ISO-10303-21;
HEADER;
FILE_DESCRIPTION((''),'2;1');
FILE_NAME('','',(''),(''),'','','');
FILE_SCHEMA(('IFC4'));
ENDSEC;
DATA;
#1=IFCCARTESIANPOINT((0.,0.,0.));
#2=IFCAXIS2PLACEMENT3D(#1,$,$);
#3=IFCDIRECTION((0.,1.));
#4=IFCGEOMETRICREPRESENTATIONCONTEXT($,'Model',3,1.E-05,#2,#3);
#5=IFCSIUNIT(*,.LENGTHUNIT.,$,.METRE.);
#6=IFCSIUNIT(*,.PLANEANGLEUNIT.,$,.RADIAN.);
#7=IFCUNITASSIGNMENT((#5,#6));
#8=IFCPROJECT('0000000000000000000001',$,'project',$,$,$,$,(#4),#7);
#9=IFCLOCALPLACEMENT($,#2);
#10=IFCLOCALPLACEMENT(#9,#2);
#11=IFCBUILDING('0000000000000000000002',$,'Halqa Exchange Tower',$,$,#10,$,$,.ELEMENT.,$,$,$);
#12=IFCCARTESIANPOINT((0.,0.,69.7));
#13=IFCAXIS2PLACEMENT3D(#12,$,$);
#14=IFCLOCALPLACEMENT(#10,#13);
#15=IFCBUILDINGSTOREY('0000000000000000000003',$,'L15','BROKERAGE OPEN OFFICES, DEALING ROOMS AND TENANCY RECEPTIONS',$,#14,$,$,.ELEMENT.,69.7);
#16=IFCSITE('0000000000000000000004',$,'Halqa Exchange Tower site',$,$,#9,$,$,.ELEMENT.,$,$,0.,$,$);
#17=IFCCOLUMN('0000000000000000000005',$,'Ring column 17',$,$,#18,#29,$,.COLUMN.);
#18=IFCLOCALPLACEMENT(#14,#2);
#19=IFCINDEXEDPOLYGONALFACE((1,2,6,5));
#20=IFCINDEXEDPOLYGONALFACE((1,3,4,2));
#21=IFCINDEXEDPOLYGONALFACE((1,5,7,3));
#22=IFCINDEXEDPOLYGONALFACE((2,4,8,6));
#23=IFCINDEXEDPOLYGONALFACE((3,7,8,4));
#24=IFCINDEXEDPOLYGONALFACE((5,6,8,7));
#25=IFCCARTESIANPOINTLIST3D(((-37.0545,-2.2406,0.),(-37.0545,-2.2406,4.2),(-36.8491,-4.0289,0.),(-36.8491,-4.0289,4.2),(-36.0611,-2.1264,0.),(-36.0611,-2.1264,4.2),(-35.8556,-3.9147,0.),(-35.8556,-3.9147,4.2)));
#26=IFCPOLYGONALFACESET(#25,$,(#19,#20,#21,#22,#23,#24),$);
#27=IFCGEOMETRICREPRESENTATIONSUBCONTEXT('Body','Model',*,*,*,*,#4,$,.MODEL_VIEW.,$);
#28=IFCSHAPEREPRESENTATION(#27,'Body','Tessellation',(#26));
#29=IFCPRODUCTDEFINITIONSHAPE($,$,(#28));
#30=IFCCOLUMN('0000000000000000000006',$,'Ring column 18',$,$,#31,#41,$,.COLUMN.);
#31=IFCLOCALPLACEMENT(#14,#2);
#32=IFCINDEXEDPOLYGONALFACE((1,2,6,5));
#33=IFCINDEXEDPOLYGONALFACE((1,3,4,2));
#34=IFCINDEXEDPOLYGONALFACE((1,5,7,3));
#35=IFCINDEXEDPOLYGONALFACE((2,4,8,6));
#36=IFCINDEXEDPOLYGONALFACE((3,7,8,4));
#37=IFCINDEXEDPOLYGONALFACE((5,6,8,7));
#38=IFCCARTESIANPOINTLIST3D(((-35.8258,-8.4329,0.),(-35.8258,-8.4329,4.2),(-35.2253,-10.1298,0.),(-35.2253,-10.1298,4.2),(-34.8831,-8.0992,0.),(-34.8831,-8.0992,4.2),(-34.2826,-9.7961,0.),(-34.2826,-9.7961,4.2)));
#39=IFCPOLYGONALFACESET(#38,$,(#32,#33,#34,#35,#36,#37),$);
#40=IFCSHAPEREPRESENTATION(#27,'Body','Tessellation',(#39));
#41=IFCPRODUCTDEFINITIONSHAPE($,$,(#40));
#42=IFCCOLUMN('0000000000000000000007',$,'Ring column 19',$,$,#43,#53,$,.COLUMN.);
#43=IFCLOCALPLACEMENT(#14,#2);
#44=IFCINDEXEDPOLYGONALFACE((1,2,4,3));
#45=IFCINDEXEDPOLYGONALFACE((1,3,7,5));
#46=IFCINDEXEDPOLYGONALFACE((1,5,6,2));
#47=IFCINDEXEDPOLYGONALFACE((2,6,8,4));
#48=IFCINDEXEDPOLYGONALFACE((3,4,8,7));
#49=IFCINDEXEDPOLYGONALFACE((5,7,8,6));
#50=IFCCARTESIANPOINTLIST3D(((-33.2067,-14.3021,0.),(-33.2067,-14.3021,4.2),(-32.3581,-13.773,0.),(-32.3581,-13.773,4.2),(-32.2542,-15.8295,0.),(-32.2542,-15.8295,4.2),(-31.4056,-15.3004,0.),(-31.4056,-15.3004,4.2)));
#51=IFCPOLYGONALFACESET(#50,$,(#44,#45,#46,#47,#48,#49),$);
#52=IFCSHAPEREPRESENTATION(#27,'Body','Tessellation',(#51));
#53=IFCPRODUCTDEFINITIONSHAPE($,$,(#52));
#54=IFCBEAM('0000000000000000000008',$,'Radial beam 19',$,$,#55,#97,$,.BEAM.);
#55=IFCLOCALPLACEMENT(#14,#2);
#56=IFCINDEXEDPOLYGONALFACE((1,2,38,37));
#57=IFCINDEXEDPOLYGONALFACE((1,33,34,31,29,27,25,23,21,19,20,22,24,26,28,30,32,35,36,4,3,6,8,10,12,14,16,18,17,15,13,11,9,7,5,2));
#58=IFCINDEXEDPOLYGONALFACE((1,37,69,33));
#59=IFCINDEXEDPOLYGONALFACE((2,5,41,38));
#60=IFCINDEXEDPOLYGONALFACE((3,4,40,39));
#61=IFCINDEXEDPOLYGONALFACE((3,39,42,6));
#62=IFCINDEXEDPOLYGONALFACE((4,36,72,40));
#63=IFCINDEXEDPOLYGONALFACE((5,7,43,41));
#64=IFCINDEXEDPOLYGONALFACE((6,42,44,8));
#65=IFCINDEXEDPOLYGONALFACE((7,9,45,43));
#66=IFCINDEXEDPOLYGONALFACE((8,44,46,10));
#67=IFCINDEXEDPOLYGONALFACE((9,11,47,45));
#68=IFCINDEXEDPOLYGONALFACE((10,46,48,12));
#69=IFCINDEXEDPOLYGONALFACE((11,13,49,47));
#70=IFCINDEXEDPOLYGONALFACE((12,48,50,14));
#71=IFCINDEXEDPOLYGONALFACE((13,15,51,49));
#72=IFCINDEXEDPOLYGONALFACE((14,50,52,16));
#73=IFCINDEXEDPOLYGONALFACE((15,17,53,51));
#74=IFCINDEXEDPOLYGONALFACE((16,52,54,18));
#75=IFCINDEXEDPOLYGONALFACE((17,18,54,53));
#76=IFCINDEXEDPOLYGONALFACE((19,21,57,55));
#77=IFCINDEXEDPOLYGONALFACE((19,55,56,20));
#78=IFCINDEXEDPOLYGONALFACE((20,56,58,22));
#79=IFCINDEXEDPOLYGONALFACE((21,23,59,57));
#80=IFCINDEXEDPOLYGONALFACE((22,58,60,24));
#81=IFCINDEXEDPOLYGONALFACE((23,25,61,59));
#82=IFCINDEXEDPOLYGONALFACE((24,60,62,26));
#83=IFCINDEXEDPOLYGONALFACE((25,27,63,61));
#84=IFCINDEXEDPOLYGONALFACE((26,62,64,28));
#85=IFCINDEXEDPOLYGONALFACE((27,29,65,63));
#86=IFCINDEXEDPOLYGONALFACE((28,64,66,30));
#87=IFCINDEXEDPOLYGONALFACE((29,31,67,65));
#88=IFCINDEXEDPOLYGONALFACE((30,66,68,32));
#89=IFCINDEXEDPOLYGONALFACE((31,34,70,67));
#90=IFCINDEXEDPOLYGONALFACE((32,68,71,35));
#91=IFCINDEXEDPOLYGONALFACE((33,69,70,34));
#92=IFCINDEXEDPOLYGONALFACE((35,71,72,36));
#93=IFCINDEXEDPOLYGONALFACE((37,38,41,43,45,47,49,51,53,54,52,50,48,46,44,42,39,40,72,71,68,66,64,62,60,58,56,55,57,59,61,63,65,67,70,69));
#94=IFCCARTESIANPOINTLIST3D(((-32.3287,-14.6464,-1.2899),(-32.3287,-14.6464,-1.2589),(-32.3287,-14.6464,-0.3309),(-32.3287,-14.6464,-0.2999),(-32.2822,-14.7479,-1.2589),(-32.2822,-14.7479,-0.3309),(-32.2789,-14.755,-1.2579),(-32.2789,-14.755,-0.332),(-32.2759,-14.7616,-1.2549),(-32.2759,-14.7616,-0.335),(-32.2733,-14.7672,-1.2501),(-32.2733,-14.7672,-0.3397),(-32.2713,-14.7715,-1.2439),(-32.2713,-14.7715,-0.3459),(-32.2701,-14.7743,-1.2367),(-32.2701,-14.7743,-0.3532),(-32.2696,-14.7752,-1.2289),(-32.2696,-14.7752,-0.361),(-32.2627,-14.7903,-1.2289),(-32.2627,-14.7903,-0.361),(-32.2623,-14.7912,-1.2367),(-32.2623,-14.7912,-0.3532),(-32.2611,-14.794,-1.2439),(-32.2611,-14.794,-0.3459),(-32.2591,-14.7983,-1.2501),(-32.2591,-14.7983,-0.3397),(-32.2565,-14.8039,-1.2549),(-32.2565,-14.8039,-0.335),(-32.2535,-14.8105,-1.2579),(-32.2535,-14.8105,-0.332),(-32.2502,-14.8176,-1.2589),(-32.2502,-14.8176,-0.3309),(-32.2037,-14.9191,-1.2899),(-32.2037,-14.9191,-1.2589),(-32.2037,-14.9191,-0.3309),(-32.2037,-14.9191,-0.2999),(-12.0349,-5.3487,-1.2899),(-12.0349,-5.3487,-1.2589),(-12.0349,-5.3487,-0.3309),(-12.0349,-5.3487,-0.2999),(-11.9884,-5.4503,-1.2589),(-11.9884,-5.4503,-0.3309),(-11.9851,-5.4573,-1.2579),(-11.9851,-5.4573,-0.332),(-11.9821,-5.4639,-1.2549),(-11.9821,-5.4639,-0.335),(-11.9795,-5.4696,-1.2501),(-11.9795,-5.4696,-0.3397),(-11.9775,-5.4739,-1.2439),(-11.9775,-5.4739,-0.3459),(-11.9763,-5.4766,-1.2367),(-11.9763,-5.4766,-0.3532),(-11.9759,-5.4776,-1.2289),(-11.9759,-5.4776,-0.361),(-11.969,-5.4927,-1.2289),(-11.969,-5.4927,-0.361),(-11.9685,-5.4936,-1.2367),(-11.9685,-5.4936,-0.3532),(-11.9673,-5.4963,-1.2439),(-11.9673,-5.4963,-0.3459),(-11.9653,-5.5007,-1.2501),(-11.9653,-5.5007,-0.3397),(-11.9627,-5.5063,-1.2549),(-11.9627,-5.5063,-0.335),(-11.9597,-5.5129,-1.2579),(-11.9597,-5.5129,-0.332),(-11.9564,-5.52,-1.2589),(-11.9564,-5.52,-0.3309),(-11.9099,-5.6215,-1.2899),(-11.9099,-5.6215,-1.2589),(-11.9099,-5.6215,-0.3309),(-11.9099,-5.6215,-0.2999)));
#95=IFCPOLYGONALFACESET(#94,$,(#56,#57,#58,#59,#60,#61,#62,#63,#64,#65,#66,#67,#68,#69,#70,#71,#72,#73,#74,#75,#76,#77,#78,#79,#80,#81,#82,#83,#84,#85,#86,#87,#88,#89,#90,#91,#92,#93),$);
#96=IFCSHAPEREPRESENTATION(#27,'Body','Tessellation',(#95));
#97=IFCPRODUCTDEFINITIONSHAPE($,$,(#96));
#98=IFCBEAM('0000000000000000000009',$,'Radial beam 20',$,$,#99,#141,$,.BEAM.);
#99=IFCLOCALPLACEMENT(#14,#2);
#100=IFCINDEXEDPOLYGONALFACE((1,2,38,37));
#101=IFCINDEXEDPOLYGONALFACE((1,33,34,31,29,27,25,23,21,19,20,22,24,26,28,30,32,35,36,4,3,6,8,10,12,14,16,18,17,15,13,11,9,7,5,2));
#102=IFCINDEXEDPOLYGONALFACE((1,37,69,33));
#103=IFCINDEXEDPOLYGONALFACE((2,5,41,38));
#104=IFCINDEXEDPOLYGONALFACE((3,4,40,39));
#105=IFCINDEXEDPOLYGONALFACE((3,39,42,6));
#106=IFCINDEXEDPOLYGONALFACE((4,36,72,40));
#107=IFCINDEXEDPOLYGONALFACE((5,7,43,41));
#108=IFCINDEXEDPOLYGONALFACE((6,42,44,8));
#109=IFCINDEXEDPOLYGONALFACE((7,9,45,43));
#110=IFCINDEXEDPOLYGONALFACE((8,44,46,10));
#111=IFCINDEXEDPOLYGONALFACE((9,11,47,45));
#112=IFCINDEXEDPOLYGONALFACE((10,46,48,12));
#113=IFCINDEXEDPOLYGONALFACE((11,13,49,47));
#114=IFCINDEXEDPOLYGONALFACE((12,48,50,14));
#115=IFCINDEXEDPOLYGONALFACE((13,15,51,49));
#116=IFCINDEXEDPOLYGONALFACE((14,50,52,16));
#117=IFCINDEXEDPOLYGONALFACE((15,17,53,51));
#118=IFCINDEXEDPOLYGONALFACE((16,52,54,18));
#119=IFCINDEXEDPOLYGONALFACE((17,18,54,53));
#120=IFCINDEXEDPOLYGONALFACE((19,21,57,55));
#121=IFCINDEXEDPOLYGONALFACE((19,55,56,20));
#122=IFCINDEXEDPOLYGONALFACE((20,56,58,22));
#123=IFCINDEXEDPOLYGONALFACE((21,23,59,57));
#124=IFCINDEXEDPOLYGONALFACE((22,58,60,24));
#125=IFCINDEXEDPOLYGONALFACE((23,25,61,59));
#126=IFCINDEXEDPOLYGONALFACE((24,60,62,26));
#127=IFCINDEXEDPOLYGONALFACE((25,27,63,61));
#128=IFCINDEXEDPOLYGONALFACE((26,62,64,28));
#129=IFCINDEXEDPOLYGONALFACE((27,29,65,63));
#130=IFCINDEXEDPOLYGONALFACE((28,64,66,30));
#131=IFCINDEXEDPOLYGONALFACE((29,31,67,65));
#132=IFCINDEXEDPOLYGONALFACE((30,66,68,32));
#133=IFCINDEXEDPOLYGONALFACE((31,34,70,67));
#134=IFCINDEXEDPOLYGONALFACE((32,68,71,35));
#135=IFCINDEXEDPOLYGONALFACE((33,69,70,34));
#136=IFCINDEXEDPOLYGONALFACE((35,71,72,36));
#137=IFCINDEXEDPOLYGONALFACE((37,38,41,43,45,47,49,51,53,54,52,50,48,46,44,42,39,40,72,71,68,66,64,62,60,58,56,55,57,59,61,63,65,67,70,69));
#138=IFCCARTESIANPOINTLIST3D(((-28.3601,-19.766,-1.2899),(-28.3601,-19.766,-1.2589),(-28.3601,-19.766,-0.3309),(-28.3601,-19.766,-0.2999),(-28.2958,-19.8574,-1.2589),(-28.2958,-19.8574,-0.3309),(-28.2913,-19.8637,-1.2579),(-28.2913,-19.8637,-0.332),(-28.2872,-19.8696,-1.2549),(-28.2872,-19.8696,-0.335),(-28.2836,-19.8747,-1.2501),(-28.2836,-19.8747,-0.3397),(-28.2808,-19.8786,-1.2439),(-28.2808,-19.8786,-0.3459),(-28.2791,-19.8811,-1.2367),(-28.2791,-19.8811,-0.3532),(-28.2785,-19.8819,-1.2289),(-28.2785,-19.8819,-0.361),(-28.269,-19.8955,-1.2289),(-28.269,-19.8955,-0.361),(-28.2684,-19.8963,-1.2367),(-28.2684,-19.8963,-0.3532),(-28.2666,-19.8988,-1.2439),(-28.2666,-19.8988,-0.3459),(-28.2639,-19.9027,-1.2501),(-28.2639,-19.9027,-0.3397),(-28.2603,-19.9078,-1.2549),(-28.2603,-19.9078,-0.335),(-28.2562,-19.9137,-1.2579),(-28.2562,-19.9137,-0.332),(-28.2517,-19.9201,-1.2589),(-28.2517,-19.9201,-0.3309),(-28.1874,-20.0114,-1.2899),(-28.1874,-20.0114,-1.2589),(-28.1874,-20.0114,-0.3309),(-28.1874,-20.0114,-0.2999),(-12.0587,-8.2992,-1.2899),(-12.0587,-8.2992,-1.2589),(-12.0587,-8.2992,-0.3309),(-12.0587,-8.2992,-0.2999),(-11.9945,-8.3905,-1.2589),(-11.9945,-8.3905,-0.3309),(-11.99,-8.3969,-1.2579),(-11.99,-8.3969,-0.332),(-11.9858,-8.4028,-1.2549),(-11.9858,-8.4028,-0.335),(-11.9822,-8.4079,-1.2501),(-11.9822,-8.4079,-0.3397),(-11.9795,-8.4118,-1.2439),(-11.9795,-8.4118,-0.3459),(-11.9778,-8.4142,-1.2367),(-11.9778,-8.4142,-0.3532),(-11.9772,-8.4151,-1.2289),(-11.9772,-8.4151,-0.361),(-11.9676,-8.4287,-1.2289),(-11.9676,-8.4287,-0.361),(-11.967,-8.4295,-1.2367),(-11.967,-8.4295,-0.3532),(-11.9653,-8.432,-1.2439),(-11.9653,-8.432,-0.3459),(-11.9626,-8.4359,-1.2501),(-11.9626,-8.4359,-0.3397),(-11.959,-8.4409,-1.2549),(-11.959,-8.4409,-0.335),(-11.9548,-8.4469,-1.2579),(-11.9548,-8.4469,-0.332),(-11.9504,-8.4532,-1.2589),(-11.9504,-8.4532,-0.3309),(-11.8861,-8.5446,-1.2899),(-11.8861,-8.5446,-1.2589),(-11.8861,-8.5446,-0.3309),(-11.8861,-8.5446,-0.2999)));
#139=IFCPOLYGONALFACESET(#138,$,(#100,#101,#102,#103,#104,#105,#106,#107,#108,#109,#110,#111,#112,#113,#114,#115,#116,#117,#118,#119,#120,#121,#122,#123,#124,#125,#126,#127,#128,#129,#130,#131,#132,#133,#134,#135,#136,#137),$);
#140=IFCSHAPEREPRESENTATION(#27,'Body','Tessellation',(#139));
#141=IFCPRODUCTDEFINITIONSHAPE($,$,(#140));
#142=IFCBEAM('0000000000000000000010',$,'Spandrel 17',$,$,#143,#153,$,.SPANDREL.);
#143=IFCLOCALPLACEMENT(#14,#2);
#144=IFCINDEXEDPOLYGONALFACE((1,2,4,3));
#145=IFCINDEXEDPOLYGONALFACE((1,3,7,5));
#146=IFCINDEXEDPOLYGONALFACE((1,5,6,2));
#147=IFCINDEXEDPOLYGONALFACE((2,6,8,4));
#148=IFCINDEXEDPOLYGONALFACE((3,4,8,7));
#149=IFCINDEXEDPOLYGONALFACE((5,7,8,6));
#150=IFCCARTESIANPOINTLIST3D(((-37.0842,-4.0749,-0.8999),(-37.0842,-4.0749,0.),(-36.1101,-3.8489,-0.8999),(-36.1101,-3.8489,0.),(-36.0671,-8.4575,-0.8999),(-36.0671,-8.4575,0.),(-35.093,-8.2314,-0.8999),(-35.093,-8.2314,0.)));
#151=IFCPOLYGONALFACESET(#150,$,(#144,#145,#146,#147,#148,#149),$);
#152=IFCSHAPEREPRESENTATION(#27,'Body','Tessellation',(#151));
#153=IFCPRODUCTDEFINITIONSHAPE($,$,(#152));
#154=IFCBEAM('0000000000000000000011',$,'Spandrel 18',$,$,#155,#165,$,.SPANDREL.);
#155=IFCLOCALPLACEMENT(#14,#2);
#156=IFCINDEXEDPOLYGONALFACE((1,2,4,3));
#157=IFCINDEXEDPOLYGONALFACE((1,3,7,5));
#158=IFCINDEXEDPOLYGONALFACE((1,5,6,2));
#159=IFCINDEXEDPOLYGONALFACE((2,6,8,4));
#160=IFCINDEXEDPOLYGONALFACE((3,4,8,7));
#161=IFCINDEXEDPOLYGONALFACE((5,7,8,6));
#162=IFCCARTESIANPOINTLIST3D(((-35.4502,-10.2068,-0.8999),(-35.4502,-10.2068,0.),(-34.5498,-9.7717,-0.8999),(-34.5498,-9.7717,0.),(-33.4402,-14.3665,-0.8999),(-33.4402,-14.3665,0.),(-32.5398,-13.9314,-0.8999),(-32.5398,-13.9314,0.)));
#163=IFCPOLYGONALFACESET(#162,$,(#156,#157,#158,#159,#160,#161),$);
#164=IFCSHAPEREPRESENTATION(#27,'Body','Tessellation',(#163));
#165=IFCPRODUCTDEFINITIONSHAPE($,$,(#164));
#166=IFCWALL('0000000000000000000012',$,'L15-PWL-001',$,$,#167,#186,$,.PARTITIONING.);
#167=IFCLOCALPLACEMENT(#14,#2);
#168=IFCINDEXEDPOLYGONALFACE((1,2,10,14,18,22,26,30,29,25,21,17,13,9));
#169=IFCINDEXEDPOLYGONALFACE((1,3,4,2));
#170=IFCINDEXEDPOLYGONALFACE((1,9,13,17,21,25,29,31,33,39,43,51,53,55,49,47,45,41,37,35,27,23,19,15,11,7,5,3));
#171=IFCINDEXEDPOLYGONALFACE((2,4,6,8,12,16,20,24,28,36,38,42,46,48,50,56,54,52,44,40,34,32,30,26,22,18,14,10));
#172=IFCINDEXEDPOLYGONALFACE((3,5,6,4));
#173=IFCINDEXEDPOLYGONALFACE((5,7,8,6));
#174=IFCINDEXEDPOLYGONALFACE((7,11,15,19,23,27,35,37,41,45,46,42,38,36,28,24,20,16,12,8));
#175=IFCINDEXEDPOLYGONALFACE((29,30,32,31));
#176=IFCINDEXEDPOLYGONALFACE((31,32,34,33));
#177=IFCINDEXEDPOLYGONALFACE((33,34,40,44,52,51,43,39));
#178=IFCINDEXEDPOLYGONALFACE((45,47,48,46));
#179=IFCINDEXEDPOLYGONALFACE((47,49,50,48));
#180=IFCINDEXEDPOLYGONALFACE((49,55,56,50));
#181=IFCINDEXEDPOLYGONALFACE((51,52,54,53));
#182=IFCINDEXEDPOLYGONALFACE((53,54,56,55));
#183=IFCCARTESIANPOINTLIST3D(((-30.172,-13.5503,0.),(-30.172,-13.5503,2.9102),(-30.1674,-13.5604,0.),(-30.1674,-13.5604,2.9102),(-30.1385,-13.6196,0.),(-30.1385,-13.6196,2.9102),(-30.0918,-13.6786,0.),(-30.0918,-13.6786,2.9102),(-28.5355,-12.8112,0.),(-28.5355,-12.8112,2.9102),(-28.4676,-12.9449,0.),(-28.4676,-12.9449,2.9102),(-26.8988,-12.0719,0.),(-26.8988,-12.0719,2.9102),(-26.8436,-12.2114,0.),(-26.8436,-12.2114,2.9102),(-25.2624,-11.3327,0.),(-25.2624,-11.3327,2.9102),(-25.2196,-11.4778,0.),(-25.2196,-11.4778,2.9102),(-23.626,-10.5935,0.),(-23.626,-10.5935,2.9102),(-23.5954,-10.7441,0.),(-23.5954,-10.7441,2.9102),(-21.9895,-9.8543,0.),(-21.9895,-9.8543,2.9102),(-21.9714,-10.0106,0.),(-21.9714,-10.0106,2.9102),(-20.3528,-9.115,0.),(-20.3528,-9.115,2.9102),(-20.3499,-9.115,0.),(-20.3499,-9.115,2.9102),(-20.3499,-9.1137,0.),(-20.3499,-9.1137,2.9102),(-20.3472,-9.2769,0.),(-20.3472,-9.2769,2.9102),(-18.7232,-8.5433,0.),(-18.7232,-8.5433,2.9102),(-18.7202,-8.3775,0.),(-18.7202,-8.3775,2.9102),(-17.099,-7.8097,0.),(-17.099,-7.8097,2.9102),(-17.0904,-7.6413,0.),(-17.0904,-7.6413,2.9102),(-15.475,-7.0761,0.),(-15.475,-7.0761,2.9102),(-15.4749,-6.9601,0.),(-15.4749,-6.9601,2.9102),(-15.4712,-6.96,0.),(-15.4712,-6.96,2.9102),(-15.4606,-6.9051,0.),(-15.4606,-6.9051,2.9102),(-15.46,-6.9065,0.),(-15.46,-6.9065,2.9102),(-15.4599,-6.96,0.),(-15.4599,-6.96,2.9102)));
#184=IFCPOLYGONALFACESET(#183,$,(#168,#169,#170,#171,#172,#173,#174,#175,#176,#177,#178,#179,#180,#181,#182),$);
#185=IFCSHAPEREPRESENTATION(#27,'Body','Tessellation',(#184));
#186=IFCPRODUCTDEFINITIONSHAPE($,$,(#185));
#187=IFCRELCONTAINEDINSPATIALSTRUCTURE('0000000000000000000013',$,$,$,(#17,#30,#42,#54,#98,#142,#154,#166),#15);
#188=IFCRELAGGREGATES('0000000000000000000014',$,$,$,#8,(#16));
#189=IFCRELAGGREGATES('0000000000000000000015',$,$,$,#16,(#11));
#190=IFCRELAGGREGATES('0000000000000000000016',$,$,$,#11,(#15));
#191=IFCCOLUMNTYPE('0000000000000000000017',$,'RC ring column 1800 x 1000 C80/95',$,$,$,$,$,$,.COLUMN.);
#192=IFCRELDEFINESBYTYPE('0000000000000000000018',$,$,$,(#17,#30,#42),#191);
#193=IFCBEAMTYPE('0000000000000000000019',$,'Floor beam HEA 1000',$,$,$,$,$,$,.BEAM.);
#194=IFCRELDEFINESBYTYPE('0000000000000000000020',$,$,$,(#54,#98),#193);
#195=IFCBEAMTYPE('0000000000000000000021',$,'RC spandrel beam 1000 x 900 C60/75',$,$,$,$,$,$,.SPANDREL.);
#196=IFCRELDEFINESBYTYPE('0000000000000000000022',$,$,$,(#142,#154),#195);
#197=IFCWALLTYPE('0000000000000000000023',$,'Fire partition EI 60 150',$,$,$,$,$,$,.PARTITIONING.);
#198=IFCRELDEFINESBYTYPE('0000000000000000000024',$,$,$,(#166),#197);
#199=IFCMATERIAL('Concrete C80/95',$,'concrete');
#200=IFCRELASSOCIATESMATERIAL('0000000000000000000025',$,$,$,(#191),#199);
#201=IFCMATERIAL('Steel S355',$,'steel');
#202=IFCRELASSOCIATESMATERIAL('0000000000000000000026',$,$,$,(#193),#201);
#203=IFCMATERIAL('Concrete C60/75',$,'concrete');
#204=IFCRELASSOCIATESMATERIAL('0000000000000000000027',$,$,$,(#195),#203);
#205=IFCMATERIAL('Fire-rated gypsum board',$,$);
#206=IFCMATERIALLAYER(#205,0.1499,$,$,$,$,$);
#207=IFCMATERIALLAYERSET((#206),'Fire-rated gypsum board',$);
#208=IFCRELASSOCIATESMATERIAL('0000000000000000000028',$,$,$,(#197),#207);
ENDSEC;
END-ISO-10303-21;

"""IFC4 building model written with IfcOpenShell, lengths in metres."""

from ifc_helpers import new_model, si_unit, direction, frame, origin, origin_2d, place, context, subcontext, project, spatial, polyline, rectangle, i_section, outline, extrude, material, layer, layer_set, material_profile, profile_set, type_object, element, save


model = new_model("IFC4")

# Units and contexts
model_context = context("Model", 3, precision=1e-05, world=origin(), true_north=direction((0.0, 1.0)))
body_context = subcontext(model_context, "Body", "Model", "MODEL_VIEW")
ifc_project = project(units=[si_unit("LENGTHUNIT", "METRE"), si_unit("PLANEANGLEUNIT", "RADIAN")], contexts=[model_context])

# Site, building, storey
site_placement = place(None, origin())
site = spatial("IfcSite", under=ifc_project, at=site_placement, Name="Halqa Exchange Tower site", CompositionType="ELEMENT", RefElevation=0.0)
building_placement = place(site_placement, origin())
building = spatial("IfcBuilding", under=site, at=building_placement, Name="Halqa Exchange Tower", CompositionType="ELEMENT")
storey_placement = place(building_placement, frame((0.0, 0.0, 69.7)))
storey = spatial("IfcBuildingStorey", under=building, at=storey_placement, Name="L15", Description="BROKERAGE OPEN OFFICES, DEALING ROOMS AND TENANCY RECEPTIONS", CompositionType="ELEMENT", Elevation=69.7)

# Columns
ifc_material_1 = material(Name="Concrete C80/95", Category="concrete")
ifc_material_profile_1 = material_profile(ifc_material_1, rectangle(XDim=1.8, YDim=1.0, at=origin_2d()), Name="1800 x 1000")
ifc_profile_set_1 = profile_set([ifc_material_profile_1], Name="Concrete C80/95")
column_type = type_object("IfcColumnType", Name="RC ring column 1800 x 1000 C80/95", PredefinedType="COLUMN", material=ifc_profile_set_1)
for number, where, z_axis, x_axis, name in (
    (1, (-36.4551, -3.0776, 0.0), (0.0, 0.0, 1.0), (0.114152, -0.993463, 0.0), "Ring column 17"),
    (2, (-35.0542, -9.1145, 0.0), (0.0, 0.0, 1.0), (0.333624, -0.942706, 0.0), "Ring column 18"),
    (3, (-32.3062, -14.8013, 0.0), (0.0, 0.0, 1.0), (0.529145, -0.848531, 0.0), "Ring column 19"),
):
    element("IfcColumn", number, at=place(storey_placement, frame(where, z_axis=z_axis, x_axis=x_axis)), inside=storey, type_object=column_type, Name=name, PredefinedType="COLUMN", context=body_context, shape_type="SweptSolid", body=[
        extrude(rectangle(XDim=1.8, YDim=1.0, at=origin_2d()), origin(), (0.0, 0.0, 1.0), 4.2),
    ])

# Beams
ifc_material_2 = material(Name="Steel S355", Category="steel")
ifc_material_profile_2 = material_profile(ifc_material_2, i_section(OverallWidth=0.3, OverallDepth=0.99, WebThickness=0.0166, FlangeThickness=0.031, FilletRadius=0.03, at=origin_2d()), Name="HEA 1000")
ifc_profile_set_2 = profile_set([ifc_material_profile_2], Name="Steel S355")
beam_type_1 = type_object("IfcBeamType", Name="Floor beam HEA 1000", PredefinedType="BEAM", material=ifc_profile_set_2)
beam_1_placement = place(storey_placement, frame((-11.9724, -5.4851, -0.7949), z_axis=(-0.909127, -0.416519, 0.0), x_axis=(0.416519, -0.909127, 0.0)))
element("IfcBeam", 4, at=beam_1_placement, inside=storey, type_object=beam_type_1, Name="Radial beam 19", PredefinedType="BEAM", context=body_context, shape_type="SweptSolid", body=[
    extrude(i_section(OverallWidth=0.3, OverallDepth=0.99, WebThickness=0.0166, FlangeThickness=0.031, FilletRadius=0.03, at=origin_2d()), origin(), (0.0, 0.0, 1.0), 22.3223),
])
beam_2_placement = place(storey_placement, frame((-11.9724, -8.4219, -0.7949), z_axis=(-0.817912, -0.575344, 0.0), x_axis=(0.575344, -0.817912, 0.0)))
element("IfcBeam", 5, at=beam_2_placement, inside=storey, type_object=beam_type_1, Name="Radial beam 20", PredefinedType="BEAM", context=body_context, shape_type="SweptSolid", body=[
    extrude(i_section(OverallWidth=0.3, OverallDepth=0.99, WebThickness=0.0166, FlangeThickness=0.031, FilletRadius=0.03, at=origin_2d()), origin(), (0.0, 0.0, 1.0), 19.9304),
])
ifc_material_3 = material(Name="Concrete C60/75", Category="concrete")
ifc_material_profile_3 = material_profile(ifc_material_3, rectangle(XDim=1.0, YDim=0.8999, at=origin_2d()), Name="1000 x 900")
ifc_profile_set_3 = profile_set([ifc_material_profile_3], Name="Concrete C60/75")
beam_type_2 = type_object("IfcBeamType", Name="RC spandrel beam 1000 x 900 C60/75", PredefinedType="SPANDREL", material=ifc_profile_set_3)
beam_3_placement = place(storey_placement, frame((-36.5972, -3.9619, -0.45), z_axis=(0.226068, -0.974111, 0.0), x_axis=(0.974111, 0.226068, 0.0)))
element("IfcBeam", 6, at=beam_3_placement, inside=storey, type_object=beam_type_2, Name="Spandrel 17", PredefinedType="SPANDREL", context=body_context, shape_type="SweptSolid", body=[
    extrude(rectangle(XDim=1.0, YDim=0.8999, at=origin_2d()), origin(), (0.0, 0.0, 1.0), 4.499),
])
beam_4_placement = place(storey_placement, frame((-35.0, -9.9893, -0.45), z_axis=(0.435082, -0.900391, 0.0), x_axis=(0.900391, 0.435082, 0.0)))
element("IfcBeam", 7, at=beam_4_placement, inside=storey, type_object=beam_type_2, Name="Spandrel 18", PredefinedType="SPANDREL", context=body_context, shape_type="SweptSolid", body=[
    extrude(rectangle(XDim=1.0, YDim=0.8999, at=origin_2d()), origin(), (0.0, 0.0, 1.0), 4.6199),
])

# Wall
ifc_material_4 = material(Name="Fire-rated gypsum board")
ifc_layer_1 = layer(ifc_material_4, 0.1499)
ifc_layer_set_1 = layer_set([ifc_layer_1], Name="Fire-rated gypsum board")
wall_type_1 = type_object("IfcWallType", Name="Fire partition EI 60 150", PredefinedType="PARTITIONING", material=ifc_layer_set_1)
wall_1_placement = place(storey_placement, frame((-30.1411, -13.6187, 0.0), z_axis=(0.0, 0.0, 1.0), x_axis=(0.911338, 0.411658, 0.0)))
element("IfcWall", 8, at=wall_1_placement, inside=storey, type_object=wall_type_1, Name="L15-PWL-001", PredefinedType="PARTITIONING", context=body_context, shape_type="SweptSolid", body=[
    extrude(outline(polyline([(0.0203, -0.075), (1.8025, -0.075), (3.5845, -0.075), (5.3665, -0.075), (7.1487, -0.075), (8.9307, -0.075), (10.7129, -0.075), (12.4949, -0.075), (14.2771, -0.075), (16.0591, -0.075), (16.1069, 0.0308), (16.1104, 0.0293), (16.1104, 0.0293), (16.1206, 0.0247), (16.1426, 0.0735), (16.1426, 0.075), (14.3542, 0.075), (12.5659, 0.075), (10.7776, 0.075), (10.7771, 0.0737), (10.7744, 0.075), (8.9785, 0.075), (7.1829, 0.075), (5.3872, 0.075), (3.5916, 0.075), (1.7957, 0.075), (0.0, 0.075), (0.0, 0.064), (0.002, -0.002), (0.0203, -0.075)])), origin(), (0.0, 0.0, 1.0), 2.9102),
])

save(model, "model.ifc")
